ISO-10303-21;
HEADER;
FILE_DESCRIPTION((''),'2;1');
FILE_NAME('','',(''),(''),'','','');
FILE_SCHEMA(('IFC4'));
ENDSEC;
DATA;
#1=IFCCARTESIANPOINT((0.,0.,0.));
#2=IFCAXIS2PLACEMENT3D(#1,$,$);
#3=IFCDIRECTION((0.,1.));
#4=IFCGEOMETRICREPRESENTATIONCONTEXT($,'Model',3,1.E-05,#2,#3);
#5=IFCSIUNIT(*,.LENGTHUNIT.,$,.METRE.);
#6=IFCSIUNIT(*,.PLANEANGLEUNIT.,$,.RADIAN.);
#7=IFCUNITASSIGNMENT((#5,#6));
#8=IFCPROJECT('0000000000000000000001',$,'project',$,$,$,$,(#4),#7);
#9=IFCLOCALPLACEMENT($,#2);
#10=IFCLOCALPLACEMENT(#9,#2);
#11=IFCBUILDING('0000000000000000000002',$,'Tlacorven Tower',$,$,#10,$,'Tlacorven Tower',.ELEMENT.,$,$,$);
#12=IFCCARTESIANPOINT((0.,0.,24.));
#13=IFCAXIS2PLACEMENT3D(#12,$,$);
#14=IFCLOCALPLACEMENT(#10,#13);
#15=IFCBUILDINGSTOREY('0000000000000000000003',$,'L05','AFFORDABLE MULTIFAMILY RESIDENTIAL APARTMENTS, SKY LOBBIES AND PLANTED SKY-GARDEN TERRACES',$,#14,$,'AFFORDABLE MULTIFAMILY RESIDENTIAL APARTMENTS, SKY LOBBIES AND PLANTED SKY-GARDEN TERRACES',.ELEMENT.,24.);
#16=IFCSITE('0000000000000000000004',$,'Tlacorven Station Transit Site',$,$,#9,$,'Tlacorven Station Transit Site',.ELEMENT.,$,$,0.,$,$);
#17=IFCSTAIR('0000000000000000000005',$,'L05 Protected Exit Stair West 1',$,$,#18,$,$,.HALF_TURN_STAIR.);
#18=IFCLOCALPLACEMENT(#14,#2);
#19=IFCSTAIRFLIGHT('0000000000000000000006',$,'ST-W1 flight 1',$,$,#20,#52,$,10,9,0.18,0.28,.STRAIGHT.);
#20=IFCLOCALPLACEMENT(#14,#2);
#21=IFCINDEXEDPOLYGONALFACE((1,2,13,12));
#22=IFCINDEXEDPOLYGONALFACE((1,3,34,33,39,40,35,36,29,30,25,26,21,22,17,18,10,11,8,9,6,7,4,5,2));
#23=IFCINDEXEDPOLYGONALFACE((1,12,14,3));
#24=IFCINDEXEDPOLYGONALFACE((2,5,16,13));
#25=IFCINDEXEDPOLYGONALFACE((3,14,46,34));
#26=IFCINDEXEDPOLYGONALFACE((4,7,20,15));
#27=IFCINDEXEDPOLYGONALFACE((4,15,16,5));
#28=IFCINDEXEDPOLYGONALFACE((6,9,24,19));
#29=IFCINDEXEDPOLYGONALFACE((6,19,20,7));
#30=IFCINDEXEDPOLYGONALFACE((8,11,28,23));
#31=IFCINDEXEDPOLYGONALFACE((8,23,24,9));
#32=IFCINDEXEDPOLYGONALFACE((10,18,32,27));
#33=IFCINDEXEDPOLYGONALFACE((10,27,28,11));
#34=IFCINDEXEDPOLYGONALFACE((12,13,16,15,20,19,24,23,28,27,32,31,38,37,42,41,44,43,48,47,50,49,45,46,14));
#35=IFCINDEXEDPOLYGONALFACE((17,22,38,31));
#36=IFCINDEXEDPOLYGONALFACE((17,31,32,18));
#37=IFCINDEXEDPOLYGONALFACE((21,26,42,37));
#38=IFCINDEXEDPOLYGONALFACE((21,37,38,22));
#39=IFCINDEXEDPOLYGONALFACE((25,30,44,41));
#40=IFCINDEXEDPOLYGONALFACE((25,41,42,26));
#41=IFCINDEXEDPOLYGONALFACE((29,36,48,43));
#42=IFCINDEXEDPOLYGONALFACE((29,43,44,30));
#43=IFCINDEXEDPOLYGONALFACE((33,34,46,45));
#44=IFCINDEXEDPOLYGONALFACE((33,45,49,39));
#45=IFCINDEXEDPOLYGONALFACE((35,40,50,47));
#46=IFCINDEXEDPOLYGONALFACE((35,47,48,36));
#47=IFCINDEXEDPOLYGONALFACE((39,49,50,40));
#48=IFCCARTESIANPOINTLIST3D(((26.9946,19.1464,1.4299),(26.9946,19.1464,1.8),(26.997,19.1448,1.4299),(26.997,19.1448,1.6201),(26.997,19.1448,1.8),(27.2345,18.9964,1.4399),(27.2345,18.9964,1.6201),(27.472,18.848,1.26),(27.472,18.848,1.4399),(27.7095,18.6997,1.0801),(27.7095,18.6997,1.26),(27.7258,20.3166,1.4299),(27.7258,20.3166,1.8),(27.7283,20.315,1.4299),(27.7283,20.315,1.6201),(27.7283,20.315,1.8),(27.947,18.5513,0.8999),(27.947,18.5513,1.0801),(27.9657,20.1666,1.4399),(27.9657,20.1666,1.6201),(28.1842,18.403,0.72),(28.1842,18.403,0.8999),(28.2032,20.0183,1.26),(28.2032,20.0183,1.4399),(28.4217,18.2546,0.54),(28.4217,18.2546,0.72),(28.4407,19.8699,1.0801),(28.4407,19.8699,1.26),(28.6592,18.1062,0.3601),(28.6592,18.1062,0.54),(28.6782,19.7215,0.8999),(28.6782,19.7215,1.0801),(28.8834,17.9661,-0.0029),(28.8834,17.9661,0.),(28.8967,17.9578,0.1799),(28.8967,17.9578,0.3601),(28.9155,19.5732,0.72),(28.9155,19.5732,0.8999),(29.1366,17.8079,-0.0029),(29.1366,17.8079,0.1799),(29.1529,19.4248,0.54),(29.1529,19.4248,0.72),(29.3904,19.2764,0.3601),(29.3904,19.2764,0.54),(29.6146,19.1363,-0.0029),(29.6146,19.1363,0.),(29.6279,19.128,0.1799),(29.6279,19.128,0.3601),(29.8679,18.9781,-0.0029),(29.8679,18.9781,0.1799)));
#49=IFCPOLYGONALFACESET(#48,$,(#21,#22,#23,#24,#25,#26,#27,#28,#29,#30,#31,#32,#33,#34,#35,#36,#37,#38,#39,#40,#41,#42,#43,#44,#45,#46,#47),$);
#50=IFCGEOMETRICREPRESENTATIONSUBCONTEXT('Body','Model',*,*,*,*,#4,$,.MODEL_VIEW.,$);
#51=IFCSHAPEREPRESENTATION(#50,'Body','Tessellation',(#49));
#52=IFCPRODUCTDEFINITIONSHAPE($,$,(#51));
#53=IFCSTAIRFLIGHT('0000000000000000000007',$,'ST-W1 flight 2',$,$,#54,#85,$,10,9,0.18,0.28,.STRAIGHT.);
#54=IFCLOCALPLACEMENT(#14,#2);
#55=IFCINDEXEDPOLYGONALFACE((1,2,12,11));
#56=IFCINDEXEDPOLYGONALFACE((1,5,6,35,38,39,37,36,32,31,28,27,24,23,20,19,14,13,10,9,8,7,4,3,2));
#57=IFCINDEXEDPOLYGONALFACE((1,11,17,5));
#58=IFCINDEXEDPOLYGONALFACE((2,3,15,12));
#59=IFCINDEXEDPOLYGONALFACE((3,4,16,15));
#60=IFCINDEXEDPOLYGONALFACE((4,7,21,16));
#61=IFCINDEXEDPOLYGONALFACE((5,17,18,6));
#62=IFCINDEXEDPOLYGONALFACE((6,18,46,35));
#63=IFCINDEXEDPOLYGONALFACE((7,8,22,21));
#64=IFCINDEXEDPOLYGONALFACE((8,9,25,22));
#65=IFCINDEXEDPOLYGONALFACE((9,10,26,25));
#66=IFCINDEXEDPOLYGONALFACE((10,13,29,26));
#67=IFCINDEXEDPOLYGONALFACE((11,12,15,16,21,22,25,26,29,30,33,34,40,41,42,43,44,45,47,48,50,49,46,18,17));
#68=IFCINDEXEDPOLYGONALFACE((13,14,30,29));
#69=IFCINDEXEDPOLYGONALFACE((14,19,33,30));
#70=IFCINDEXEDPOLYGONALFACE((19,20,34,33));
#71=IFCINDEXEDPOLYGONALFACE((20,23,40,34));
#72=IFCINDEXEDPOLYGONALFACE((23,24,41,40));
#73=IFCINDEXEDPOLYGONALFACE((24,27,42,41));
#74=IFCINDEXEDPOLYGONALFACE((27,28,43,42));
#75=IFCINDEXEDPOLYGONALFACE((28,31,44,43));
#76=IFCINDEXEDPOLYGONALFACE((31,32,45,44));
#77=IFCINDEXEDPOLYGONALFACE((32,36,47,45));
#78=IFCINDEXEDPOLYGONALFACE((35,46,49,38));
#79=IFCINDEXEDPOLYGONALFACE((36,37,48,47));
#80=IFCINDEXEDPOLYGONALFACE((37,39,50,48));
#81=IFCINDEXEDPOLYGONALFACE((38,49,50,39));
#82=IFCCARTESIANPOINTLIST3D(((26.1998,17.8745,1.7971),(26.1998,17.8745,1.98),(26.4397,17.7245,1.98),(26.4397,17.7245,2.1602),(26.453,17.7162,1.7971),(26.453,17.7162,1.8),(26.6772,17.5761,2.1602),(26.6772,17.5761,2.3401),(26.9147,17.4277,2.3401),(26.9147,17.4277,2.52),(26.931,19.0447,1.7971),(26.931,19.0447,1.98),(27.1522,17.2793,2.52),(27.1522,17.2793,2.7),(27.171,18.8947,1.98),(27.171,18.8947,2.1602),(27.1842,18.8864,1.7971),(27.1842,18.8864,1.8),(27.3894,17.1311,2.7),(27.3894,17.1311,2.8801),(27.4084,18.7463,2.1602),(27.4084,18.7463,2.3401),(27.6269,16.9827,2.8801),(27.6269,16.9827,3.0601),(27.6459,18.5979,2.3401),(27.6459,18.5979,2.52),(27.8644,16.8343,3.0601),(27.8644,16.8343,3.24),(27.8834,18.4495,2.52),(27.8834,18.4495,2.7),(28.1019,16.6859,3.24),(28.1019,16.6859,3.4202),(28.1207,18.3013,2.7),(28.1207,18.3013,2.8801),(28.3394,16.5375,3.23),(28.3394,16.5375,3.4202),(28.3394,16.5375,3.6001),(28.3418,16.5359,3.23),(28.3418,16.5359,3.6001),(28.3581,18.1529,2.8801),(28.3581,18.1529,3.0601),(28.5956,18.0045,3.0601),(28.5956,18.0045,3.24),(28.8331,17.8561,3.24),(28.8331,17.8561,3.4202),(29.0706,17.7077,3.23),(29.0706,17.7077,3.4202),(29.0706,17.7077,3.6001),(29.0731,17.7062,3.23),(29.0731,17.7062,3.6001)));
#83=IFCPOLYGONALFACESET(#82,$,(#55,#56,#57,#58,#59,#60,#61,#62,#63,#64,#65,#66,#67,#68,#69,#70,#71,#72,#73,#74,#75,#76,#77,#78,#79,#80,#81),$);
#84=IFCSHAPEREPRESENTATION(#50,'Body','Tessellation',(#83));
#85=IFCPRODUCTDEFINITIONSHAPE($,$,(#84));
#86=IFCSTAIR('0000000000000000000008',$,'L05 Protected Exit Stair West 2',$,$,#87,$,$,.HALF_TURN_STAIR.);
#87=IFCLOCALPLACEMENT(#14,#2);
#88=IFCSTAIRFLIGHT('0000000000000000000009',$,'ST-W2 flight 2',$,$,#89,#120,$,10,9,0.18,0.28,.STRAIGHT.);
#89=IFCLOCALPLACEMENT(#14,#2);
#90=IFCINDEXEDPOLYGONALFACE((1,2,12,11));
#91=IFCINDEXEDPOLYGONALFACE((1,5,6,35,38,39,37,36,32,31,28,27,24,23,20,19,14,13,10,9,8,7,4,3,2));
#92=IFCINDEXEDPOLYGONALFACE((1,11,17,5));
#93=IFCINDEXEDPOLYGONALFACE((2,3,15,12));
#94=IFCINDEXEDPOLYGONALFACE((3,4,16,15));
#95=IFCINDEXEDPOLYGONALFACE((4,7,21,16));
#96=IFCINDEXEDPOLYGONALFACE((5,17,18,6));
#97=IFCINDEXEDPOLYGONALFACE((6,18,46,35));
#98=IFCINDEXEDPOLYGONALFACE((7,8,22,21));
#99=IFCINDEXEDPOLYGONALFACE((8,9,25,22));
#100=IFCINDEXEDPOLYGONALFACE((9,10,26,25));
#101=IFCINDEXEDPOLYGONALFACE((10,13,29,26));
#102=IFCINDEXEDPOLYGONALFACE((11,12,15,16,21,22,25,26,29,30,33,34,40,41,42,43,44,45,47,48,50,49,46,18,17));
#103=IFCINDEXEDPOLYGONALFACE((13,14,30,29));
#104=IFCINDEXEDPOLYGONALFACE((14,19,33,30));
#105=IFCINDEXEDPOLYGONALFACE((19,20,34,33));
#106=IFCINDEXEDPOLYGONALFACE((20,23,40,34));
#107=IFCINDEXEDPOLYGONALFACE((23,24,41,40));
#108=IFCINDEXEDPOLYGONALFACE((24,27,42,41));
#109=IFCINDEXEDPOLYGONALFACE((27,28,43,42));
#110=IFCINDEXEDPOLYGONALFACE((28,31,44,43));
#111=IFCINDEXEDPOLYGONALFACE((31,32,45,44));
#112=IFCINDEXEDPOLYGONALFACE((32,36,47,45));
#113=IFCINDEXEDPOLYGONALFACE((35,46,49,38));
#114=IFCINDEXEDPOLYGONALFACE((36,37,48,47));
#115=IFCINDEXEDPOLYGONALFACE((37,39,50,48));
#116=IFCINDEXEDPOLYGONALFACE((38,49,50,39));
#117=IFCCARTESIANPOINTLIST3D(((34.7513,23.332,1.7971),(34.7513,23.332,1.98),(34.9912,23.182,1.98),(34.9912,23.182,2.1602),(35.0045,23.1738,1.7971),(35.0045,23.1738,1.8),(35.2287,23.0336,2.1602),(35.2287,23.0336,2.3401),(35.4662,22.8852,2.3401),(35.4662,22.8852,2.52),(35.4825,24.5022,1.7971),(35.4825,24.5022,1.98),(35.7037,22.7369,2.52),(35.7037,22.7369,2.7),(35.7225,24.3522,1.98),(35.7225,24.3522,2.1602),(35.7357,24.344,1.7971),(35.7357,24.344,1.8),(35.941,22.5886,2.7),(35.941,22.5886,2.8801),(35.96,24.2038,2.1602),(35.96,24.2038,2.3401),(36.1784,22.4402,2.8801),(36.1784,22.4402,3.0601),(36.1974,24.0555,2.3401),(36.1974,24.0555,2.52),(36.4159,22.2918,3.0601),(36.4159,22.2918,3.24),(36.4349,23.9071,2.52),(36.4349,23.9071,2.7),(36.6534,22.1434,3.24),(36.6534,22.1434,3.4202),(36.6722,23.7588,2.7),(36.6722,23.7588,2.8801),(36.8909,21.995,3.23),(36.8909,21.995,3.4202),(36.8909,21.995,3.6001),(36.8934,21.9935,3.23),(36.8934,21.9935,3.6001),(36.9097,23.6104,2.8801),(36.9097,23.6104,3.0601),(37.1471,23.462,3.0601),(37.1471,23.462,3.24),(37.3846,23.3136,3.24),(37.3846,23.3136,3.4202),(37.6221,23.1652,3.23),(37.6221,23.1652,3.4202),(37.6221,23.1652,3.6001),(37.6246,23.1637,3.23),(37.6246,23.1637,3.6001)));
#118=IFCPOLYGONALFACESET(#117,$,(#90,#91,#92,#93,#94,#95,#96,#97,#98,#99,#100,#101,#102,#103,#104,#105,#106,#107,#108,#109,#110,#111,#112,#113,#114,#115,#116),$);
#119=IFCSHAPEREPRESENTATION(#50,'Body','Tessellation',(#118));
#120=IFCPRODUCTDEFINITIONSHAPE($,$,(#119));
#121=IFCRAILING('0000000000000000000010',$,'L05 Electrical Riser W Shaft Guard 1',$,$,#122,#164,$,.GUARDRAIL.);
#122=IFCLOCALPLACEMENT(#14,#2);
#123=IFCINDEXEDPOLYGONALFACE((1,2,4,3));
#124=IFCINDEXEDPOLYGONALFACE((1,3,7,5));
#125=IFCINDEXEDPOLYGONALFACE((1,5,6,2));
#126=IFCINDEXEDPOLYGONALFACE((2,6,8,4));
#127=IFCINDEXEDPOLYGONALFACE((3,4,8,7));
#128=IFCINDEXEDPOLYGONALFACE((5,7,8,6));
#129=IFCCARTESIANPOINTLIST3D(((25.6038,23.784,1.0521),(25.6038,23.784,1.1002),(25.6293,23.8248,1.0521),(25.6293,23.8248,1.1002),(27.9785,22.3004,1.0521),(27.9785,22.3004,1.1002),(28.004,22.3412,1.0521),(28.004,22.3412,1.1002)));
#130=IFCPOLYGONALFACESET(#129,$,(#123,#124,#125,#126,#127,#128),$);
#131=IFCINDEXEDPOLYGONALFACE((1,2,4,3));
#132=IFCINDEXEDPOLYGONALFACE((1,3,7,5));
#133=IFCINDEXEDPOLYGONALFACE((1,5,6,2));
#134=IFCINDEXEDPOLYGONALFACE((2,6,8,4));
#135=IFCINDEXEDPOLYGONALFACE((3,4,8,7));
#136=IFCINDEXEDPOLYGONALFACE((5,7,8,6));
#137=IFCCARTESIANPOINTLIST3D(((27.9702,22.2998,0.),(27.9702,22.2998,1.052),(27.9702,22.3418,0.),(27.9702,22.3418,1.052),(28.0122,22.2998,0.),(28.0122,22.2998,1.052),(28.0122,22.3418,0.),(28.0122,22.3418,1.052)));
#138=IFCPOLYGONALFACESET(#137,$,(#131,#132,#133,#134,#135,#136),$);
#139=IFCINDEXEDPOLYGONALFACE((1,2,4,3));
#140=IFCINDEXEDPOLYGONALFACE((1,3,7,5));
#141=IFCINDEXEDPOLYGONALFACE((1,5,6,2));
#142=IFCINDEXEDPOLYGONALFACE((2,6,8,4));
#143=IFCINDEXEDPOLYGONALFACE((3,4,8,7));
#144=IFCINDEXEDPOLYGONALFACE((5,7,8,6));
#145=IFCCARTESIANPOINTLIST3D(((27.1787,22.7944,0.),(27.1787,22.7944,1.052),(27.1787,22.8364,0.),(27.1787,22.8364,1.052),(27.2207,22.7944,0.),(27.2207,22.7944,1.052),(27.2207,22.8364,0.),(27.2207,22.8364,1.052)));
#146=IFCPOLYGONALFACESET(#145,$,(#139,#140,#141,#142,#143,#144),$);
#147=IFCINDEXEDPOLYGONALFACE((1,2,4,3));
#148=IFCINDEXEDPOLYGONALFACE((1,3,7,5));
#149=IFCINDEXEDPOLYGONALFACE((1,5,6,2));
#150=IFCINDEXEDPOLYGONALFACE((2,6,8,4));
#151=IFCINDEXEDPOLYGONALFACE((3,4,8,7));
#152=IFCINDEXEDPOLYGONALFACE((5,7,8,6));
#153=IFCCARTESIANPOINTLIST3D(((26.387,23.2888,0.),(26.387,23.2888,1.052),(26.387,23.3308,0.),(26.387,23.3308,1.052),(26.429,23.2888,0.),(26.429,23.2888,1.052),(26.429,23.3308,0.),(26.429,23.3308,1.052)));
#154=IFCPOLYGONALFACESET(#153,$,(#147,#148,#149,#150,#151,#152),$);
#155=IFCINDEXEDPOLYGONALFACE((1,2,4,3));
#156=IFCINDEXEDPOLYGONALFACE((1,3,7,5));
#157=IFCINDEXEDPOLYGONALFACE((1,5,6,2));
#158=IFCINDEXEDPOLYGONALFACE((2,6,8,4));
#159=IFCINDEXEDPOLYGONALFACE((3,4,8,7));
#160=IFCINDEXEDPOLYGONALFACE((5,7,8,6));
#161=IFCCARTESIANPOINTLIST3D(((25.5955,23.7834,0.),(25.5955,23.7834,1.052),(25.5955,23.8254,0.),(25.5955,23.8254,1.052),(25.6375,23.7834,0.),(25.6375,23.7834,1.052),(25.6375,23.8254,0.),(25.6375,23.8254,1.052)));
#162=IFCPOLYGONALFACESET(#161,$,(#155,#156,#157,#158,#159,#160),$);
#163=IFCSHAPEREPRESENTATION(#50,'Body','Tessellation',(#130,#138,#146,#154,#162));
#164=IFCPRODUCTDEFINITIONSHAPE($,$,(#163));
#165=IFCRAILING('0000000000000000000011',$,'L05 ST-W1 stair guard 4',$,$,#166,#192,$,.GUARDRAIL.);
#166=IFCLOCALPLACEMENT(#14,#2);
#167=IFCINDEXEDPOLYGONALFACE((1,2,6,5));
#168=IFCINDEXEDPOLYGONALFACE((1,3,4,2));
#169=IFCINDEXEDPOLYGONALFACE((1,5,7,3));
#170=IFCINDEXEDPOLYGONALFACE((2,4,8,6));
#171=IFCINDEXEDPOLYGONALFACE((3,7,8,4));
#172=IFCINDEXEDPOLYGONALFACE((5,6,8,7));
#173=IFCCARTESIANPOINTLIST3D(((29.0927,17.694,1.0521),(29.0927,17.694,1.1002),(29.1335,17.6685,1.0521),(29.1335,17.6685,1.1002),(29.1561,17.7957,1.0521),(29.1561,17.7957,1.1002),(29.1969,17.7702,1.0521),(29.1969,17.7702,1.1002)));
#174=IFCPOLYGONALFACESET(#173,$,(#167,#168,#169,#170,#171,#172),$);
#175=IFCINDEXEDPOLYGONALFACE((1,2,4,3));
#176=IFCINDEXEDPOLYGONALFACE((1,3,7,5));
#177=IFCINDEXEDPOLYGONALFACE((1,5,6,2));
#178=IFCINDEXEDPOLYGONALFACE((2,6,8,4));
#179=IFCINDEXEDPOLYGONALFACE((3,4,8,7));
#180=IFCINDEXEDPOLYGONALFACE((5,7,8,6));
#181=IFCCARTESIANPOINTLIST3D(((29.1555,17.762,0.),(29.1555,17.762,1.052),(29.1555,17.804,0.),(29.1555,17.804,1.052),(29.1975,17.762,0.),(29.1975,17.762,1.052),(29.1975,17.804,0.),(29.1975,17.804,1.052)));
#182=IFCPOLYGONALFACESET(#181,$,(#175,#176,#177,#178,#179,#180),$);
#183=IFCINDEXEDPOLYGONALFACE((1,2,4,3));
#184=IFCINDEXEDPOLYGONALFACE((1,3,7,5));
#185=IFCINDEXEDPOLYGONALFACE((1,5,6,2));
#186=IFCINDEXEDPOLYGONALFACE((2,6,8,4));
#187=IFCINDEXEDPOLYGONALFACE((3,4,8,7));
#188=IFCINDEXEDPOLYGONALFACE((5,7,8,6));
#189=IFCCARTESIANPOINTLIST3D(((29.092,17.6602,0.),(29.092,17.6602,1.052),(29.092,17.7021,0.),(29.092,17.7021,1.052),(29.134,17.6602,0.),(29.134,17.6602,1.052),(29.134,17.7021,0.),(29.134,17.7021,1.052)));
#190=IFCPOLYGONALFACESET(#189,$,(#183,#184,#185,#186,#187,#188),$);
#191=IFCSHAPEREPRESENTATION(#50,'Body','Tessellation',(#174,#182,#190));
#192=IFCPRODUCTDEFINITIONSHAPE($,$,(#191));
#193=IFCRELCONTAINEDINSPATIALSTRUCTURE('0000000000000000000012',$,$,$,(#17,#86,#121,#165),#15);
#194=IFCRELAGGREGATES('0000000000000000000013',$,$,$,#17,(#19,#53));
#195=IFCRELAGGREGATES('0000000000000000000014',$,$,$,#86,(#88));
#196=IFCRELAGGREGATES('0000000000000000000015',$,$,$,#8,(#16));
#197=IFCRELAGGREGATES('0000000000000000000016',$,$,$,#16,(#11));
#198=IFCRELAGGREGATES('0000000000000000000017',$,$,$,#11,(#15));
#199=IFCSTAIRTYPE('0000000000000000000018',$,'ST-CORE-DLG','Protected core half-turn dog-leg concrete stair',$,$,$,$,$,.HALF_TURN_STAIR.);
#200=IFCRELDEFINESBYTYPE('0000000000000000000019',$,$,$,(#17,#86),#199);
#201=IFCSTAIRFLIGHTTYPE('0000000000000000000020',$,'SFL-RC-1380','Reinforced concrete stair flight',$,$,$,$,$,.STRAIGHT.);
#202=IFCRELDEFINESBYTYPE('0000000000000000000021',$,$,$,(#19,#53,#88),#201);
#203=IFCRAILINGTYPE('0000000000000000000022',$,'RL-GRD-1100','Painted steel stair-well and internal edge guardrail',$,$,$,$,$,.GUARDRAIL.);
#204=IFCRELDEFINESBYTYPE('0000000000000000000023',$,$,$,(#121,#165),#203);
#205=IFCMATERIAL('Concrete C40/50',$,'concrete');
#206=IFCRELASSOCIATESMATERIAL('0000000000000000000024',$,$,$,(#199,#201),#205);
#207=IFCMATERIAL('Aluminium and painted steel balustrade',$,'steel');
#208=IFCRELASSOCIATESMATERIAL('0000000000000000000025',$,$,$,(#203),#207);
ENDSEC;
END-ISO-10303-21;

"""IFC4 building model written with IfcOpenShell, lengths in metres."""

from ifc_helpers import new_model, si_unit, direction, frame, origin, origin_2d, place, context, subcontext, project, spatial, polyline, rectangle, outline, extrude, source, transform, mapped, material, type_object, element, aggregate, save


model = new_model("IFC4")

# Units and contexts
model_context = context("Model", 3, precision=1e-05, world=origin(), true_north=direction((0.0, 1.0)))
body_context = subcontext(model_context, "Body", "Model", "MODEL_VIEW")
ifc_project = project(units=[si_unit("LENGTHUNIT", "METRE"), si_unit("PLANEANGLEUNIT", "RADIAN")], contexts=[model_context])

# Site, building, storey
site_placement = place(None, origin())
site = spatial("IfcSite", under=ifc_project, at=site_placement, Name="Tlacorven Station Transit Site", LongName="Tlacorven Station Transit Site", CompositionType="ELEMENT", RefElevation=0.0)
building_placement = place(site_placement, origin())
building = spatial("IfcBuilding", under=site, at=building_placement, Name="Tlacorven Tower", LongName="Tlacorven Tower", CompositionType="ELEMENT")
storey_placement = place(building_placement, frame((0.0, 0.0, 24.0)))
storey = spatial("IfcBuildingStorey", under=building, at=storey_placement, Name="L05", Description="AFFORDABLE MULTIFAMILY RESIDENTIAL APARTMENTS, SKY LOBBIES AND PLANTED SKY-GARDEN TERRACES", LongName="AFFORDABLE MULTIFAMILY RESIDENTIAL APARTMENTS, SKY LOBBIES AND PLANTED SKY-GARDEN TERRACES", CompositionType="ELEMENT", Elevation=24.0)

# Shared definitions
ifc_material_1 = material(Name="Concrete C40/50", Category="concrete")

# Stair, stair flights
stair_type = type_object("IfcStairType", Name="ST-CORE-DLG", Description="Protected core half-turn dog-leg concrete stair", PredefinedType="HALF_TURN_STAIR", material=ifc_material_1)
stair_1_placement = place(storey_placement, origin())
stair_1 = element("IfcStair", 1, at=stair_1_placement, inside=storey, type_object=stair_type, Name="L05 Protected Exit Stair West 1", PredefinedType="HALF_TURN_STAIR")
stair_flight_type = type_object("IfcStairFlightType", Name="SFL-RC-1380", Description="Reinforced concrete stair flight", PredefinedType="STRAIGHT", material=ifc_material_1)
shared_shape_1 = source(origin(), body_context, "Body", "SweptSolid", [
    extrude(outline(polyline([(-0.0029, -0.0029), (-0.0029, 0.1799), (0.28, 0.1799), (0.28, 0.3601), (0.5601, 0.3601), (0.5601, 0.54), (0.8401, 0.54), (0.8401, 0.72), (1.1201, 0.72), (1.1201, 0.8999), (1.3999, 0.8999), (1.3999, 1.0801), (1.6799, 1.0801), (1.6799, 1.26), (1.96, 1.26), (1.96, 1.4399), (2.24, 1.4399), (2.24, 1.6201), (2.52, 1.6201), (2.52, 1.8), (2.5229, 1.8), (2.5229, 1.4299), (2.52, 1.4299), (0.2957, 0.0), (0.2957, -0.0029), (-0.0029, -0.0029)])), frame((0.0, 0.6899, 0.0), z_axis=(0.0, -1.0, 0.0), x_axis=(1.0, 0.0, 0.0)), (0.0, 0.0, 1.0), 1.3799),
])
stair_flight_1_placement = place(storey_placement, frame((29.4998, 18.3945, 0.0), z_axis=(0.0, 0.0, 1.0), x_axis=(-0.848048, 0.529919, 0.0)))
stair_flight_1 = element("IfcStairFlight", 2, at=stair_flight_1_placement, type_object=stair_flight_type, Name="ST-W1 flight 1", NumberOfRisers=10, NumberOfTreads=9, PredefinedType="STRAIGHT", RiserHeight=0.18, TreadLength=0.28, context=body_context, shape_type="MappedRepresentation", body=[
    mapped(shared_shape_1, transform((0.0, 0.0, 0.0), scale=1.0)),
])
stair_flight_2_placement = place(storey_placement, frame((26.5679, 18.458, 1.8), z_axis=(0.0, 0.0, 1.0), x_axis=(0.848048, -0.529919, 0.0)))
stair_flight_2 = element("IfcStairFlight", 3, at=stair_flight_2_placement, type_object=stair_flight_type, Name="ST-W1 flight 2", NumberOfRisers=10, NumberOfTreads=9, PredefinedType="STRAIGHT", RiserHeight=0.18, TreadLength=0.28, context=body_context, shape_type="MappedRepresentation", body=[
    mapped(shared_shape_1, transform((0.0, 0.0, 0.0), scale=1.0)),
])
aggregate(stair_1, [stair_flight_1, stair_flight_2])

# Stair, stair flight
stair_2_placement = place(storey_placement, origin())
stair_2 = element("IfcStair", 4, at=stair_2_placement, inside=storey, type_object=stair_type, Name="L05 Protected Exit Stair West 2", PredefinedType="HALF_TURN_STAIR")
stair_flight_3_placement = place(storey_placement, frame((35.1194, 23.9155, 1.8), z_axis=(0.0, 0.0, 1.0), x_axis=(0.848048, -0.529919, 0.0)))
stair_flight_3 = element("IfcStairFlight", 5, at=stair_flight_3_placement, type_object=stair_flight_type, Name="ST-W2 flight 2", NumberOfRisers=10, NumberOfTreads=9, PredefinedType="STRAIGHT", RiserHeight=0.18, TreadLength=0.28, context=body_context, shape_type="MappedRepresentation", body=[
    mapped(shared_shape_1, transform((0.0, 0.0, 0.0), scale=1.0)),
])
aggregate(stair_2, [stair_flight_3])

# Railings
ifc_material_2 = material(Name="Aluminium and painted steel balustrade", Category="steel")
railing_type_1 = type_object("IfcRailingType", Name="RL-GRD-1100", Description="Painted steel stair-well and internal edge guardrail", PredefinedType="GUARDRAIL", material=ifc_material_2)
shared_shape_2 = source(origin(), body_context, "Body", "SweptSolid", [
    extrude(rectangle(XDim=0.0481, YDim=0.0481, at=origin_2d()), frame((0.0, 0.0, 1.0762), z_axis=(-0.848091, 0.52985, 0.0), x_axis=(-0.52985, -0.848091, 0.0)), (0.0, 0.0, 1.0), 2.8),
    extrude(rectangle(XDim=0.042, YDim=0.042, at=origin_2d()), origin(), (0.0, 0.0, 1.0), 1.052),
    extrude(rectangle(XDim=0.042, YDim=0.042, at=origin_2d()), frame((-0.7915, 0.4946, 0.0)), (0.0, 0.0, 1.0), 1.052),
    extrude(rectangle(XDim=0.042, YDim=0.042, at=origin_2d()), frame((-1.5833, 0.989, 0.0)), (0.0, 0.0, 1.0), 1.052),
    extrude(rectangle(XDim=0.042, YDim=0.042, at=origin_2d()), frame((-2.3748, 1.4836, 0.0)), (0.0, 0.0, 1.0), 1.052),
])
railing_1_placement = place(storey_placement, frame((27.9912, 22.3208, 0.0)))
element("IfcRailing", 6, at=railing_1_placement, inside=storey, type_object=railing_type_1, Name="L05 Electrical Riser W Shaft Guard 1", PredefinedType="GUARDRAIL", context=body_context, shape_type="MappedRepresentation", body=[
    mapped(shared_shape_2, transform((0.0, 0.0, 0.0), scale=1.0)),
])
shared_shape_3 = source(origin(), body_context, "Body", "SweptSolid", [
    extrude(rectangle(XDim=0.0481, YDim=0.0481, at=origin_2d()), frame((0.0, 0.0, 1.0762), z_axis=(-0.529084, -0.848569, 0.0), x_axis=(0.848569, -0.529084, 0.0)), (0.0, 0.0, 1.0), 0.1199),
    extrude(rectangle(XDim=0.042, YDim=0.042, at=origin_2d()), origin(), (0.0, 0.0, 1.0), 1.052),
    extrude(rectangle(XDim=0.042, YDim=0.042, at=origin_2d()), frame((-0.0635, -0.1018, 0.0)), (0.0, 0.0, 1.0), 1.052),
])
railing_2_placement = place(storey_placement, frame((29.1765, 17.783, 0.0)))
element("IfcRailing", 7, at=railing_2_placement, inside=storey, type_object=railing_type_1, Name="L05 ST-W1 stair guard 4", PredefinedType="GUARDRAIL", context=body_context, shape_type="MappedRepresentation", body=[
    mapped(shared_shape_3, transform((0.0, 0.0, 0.0), scale=1.0)),
])

save(model, "model.ifc")
